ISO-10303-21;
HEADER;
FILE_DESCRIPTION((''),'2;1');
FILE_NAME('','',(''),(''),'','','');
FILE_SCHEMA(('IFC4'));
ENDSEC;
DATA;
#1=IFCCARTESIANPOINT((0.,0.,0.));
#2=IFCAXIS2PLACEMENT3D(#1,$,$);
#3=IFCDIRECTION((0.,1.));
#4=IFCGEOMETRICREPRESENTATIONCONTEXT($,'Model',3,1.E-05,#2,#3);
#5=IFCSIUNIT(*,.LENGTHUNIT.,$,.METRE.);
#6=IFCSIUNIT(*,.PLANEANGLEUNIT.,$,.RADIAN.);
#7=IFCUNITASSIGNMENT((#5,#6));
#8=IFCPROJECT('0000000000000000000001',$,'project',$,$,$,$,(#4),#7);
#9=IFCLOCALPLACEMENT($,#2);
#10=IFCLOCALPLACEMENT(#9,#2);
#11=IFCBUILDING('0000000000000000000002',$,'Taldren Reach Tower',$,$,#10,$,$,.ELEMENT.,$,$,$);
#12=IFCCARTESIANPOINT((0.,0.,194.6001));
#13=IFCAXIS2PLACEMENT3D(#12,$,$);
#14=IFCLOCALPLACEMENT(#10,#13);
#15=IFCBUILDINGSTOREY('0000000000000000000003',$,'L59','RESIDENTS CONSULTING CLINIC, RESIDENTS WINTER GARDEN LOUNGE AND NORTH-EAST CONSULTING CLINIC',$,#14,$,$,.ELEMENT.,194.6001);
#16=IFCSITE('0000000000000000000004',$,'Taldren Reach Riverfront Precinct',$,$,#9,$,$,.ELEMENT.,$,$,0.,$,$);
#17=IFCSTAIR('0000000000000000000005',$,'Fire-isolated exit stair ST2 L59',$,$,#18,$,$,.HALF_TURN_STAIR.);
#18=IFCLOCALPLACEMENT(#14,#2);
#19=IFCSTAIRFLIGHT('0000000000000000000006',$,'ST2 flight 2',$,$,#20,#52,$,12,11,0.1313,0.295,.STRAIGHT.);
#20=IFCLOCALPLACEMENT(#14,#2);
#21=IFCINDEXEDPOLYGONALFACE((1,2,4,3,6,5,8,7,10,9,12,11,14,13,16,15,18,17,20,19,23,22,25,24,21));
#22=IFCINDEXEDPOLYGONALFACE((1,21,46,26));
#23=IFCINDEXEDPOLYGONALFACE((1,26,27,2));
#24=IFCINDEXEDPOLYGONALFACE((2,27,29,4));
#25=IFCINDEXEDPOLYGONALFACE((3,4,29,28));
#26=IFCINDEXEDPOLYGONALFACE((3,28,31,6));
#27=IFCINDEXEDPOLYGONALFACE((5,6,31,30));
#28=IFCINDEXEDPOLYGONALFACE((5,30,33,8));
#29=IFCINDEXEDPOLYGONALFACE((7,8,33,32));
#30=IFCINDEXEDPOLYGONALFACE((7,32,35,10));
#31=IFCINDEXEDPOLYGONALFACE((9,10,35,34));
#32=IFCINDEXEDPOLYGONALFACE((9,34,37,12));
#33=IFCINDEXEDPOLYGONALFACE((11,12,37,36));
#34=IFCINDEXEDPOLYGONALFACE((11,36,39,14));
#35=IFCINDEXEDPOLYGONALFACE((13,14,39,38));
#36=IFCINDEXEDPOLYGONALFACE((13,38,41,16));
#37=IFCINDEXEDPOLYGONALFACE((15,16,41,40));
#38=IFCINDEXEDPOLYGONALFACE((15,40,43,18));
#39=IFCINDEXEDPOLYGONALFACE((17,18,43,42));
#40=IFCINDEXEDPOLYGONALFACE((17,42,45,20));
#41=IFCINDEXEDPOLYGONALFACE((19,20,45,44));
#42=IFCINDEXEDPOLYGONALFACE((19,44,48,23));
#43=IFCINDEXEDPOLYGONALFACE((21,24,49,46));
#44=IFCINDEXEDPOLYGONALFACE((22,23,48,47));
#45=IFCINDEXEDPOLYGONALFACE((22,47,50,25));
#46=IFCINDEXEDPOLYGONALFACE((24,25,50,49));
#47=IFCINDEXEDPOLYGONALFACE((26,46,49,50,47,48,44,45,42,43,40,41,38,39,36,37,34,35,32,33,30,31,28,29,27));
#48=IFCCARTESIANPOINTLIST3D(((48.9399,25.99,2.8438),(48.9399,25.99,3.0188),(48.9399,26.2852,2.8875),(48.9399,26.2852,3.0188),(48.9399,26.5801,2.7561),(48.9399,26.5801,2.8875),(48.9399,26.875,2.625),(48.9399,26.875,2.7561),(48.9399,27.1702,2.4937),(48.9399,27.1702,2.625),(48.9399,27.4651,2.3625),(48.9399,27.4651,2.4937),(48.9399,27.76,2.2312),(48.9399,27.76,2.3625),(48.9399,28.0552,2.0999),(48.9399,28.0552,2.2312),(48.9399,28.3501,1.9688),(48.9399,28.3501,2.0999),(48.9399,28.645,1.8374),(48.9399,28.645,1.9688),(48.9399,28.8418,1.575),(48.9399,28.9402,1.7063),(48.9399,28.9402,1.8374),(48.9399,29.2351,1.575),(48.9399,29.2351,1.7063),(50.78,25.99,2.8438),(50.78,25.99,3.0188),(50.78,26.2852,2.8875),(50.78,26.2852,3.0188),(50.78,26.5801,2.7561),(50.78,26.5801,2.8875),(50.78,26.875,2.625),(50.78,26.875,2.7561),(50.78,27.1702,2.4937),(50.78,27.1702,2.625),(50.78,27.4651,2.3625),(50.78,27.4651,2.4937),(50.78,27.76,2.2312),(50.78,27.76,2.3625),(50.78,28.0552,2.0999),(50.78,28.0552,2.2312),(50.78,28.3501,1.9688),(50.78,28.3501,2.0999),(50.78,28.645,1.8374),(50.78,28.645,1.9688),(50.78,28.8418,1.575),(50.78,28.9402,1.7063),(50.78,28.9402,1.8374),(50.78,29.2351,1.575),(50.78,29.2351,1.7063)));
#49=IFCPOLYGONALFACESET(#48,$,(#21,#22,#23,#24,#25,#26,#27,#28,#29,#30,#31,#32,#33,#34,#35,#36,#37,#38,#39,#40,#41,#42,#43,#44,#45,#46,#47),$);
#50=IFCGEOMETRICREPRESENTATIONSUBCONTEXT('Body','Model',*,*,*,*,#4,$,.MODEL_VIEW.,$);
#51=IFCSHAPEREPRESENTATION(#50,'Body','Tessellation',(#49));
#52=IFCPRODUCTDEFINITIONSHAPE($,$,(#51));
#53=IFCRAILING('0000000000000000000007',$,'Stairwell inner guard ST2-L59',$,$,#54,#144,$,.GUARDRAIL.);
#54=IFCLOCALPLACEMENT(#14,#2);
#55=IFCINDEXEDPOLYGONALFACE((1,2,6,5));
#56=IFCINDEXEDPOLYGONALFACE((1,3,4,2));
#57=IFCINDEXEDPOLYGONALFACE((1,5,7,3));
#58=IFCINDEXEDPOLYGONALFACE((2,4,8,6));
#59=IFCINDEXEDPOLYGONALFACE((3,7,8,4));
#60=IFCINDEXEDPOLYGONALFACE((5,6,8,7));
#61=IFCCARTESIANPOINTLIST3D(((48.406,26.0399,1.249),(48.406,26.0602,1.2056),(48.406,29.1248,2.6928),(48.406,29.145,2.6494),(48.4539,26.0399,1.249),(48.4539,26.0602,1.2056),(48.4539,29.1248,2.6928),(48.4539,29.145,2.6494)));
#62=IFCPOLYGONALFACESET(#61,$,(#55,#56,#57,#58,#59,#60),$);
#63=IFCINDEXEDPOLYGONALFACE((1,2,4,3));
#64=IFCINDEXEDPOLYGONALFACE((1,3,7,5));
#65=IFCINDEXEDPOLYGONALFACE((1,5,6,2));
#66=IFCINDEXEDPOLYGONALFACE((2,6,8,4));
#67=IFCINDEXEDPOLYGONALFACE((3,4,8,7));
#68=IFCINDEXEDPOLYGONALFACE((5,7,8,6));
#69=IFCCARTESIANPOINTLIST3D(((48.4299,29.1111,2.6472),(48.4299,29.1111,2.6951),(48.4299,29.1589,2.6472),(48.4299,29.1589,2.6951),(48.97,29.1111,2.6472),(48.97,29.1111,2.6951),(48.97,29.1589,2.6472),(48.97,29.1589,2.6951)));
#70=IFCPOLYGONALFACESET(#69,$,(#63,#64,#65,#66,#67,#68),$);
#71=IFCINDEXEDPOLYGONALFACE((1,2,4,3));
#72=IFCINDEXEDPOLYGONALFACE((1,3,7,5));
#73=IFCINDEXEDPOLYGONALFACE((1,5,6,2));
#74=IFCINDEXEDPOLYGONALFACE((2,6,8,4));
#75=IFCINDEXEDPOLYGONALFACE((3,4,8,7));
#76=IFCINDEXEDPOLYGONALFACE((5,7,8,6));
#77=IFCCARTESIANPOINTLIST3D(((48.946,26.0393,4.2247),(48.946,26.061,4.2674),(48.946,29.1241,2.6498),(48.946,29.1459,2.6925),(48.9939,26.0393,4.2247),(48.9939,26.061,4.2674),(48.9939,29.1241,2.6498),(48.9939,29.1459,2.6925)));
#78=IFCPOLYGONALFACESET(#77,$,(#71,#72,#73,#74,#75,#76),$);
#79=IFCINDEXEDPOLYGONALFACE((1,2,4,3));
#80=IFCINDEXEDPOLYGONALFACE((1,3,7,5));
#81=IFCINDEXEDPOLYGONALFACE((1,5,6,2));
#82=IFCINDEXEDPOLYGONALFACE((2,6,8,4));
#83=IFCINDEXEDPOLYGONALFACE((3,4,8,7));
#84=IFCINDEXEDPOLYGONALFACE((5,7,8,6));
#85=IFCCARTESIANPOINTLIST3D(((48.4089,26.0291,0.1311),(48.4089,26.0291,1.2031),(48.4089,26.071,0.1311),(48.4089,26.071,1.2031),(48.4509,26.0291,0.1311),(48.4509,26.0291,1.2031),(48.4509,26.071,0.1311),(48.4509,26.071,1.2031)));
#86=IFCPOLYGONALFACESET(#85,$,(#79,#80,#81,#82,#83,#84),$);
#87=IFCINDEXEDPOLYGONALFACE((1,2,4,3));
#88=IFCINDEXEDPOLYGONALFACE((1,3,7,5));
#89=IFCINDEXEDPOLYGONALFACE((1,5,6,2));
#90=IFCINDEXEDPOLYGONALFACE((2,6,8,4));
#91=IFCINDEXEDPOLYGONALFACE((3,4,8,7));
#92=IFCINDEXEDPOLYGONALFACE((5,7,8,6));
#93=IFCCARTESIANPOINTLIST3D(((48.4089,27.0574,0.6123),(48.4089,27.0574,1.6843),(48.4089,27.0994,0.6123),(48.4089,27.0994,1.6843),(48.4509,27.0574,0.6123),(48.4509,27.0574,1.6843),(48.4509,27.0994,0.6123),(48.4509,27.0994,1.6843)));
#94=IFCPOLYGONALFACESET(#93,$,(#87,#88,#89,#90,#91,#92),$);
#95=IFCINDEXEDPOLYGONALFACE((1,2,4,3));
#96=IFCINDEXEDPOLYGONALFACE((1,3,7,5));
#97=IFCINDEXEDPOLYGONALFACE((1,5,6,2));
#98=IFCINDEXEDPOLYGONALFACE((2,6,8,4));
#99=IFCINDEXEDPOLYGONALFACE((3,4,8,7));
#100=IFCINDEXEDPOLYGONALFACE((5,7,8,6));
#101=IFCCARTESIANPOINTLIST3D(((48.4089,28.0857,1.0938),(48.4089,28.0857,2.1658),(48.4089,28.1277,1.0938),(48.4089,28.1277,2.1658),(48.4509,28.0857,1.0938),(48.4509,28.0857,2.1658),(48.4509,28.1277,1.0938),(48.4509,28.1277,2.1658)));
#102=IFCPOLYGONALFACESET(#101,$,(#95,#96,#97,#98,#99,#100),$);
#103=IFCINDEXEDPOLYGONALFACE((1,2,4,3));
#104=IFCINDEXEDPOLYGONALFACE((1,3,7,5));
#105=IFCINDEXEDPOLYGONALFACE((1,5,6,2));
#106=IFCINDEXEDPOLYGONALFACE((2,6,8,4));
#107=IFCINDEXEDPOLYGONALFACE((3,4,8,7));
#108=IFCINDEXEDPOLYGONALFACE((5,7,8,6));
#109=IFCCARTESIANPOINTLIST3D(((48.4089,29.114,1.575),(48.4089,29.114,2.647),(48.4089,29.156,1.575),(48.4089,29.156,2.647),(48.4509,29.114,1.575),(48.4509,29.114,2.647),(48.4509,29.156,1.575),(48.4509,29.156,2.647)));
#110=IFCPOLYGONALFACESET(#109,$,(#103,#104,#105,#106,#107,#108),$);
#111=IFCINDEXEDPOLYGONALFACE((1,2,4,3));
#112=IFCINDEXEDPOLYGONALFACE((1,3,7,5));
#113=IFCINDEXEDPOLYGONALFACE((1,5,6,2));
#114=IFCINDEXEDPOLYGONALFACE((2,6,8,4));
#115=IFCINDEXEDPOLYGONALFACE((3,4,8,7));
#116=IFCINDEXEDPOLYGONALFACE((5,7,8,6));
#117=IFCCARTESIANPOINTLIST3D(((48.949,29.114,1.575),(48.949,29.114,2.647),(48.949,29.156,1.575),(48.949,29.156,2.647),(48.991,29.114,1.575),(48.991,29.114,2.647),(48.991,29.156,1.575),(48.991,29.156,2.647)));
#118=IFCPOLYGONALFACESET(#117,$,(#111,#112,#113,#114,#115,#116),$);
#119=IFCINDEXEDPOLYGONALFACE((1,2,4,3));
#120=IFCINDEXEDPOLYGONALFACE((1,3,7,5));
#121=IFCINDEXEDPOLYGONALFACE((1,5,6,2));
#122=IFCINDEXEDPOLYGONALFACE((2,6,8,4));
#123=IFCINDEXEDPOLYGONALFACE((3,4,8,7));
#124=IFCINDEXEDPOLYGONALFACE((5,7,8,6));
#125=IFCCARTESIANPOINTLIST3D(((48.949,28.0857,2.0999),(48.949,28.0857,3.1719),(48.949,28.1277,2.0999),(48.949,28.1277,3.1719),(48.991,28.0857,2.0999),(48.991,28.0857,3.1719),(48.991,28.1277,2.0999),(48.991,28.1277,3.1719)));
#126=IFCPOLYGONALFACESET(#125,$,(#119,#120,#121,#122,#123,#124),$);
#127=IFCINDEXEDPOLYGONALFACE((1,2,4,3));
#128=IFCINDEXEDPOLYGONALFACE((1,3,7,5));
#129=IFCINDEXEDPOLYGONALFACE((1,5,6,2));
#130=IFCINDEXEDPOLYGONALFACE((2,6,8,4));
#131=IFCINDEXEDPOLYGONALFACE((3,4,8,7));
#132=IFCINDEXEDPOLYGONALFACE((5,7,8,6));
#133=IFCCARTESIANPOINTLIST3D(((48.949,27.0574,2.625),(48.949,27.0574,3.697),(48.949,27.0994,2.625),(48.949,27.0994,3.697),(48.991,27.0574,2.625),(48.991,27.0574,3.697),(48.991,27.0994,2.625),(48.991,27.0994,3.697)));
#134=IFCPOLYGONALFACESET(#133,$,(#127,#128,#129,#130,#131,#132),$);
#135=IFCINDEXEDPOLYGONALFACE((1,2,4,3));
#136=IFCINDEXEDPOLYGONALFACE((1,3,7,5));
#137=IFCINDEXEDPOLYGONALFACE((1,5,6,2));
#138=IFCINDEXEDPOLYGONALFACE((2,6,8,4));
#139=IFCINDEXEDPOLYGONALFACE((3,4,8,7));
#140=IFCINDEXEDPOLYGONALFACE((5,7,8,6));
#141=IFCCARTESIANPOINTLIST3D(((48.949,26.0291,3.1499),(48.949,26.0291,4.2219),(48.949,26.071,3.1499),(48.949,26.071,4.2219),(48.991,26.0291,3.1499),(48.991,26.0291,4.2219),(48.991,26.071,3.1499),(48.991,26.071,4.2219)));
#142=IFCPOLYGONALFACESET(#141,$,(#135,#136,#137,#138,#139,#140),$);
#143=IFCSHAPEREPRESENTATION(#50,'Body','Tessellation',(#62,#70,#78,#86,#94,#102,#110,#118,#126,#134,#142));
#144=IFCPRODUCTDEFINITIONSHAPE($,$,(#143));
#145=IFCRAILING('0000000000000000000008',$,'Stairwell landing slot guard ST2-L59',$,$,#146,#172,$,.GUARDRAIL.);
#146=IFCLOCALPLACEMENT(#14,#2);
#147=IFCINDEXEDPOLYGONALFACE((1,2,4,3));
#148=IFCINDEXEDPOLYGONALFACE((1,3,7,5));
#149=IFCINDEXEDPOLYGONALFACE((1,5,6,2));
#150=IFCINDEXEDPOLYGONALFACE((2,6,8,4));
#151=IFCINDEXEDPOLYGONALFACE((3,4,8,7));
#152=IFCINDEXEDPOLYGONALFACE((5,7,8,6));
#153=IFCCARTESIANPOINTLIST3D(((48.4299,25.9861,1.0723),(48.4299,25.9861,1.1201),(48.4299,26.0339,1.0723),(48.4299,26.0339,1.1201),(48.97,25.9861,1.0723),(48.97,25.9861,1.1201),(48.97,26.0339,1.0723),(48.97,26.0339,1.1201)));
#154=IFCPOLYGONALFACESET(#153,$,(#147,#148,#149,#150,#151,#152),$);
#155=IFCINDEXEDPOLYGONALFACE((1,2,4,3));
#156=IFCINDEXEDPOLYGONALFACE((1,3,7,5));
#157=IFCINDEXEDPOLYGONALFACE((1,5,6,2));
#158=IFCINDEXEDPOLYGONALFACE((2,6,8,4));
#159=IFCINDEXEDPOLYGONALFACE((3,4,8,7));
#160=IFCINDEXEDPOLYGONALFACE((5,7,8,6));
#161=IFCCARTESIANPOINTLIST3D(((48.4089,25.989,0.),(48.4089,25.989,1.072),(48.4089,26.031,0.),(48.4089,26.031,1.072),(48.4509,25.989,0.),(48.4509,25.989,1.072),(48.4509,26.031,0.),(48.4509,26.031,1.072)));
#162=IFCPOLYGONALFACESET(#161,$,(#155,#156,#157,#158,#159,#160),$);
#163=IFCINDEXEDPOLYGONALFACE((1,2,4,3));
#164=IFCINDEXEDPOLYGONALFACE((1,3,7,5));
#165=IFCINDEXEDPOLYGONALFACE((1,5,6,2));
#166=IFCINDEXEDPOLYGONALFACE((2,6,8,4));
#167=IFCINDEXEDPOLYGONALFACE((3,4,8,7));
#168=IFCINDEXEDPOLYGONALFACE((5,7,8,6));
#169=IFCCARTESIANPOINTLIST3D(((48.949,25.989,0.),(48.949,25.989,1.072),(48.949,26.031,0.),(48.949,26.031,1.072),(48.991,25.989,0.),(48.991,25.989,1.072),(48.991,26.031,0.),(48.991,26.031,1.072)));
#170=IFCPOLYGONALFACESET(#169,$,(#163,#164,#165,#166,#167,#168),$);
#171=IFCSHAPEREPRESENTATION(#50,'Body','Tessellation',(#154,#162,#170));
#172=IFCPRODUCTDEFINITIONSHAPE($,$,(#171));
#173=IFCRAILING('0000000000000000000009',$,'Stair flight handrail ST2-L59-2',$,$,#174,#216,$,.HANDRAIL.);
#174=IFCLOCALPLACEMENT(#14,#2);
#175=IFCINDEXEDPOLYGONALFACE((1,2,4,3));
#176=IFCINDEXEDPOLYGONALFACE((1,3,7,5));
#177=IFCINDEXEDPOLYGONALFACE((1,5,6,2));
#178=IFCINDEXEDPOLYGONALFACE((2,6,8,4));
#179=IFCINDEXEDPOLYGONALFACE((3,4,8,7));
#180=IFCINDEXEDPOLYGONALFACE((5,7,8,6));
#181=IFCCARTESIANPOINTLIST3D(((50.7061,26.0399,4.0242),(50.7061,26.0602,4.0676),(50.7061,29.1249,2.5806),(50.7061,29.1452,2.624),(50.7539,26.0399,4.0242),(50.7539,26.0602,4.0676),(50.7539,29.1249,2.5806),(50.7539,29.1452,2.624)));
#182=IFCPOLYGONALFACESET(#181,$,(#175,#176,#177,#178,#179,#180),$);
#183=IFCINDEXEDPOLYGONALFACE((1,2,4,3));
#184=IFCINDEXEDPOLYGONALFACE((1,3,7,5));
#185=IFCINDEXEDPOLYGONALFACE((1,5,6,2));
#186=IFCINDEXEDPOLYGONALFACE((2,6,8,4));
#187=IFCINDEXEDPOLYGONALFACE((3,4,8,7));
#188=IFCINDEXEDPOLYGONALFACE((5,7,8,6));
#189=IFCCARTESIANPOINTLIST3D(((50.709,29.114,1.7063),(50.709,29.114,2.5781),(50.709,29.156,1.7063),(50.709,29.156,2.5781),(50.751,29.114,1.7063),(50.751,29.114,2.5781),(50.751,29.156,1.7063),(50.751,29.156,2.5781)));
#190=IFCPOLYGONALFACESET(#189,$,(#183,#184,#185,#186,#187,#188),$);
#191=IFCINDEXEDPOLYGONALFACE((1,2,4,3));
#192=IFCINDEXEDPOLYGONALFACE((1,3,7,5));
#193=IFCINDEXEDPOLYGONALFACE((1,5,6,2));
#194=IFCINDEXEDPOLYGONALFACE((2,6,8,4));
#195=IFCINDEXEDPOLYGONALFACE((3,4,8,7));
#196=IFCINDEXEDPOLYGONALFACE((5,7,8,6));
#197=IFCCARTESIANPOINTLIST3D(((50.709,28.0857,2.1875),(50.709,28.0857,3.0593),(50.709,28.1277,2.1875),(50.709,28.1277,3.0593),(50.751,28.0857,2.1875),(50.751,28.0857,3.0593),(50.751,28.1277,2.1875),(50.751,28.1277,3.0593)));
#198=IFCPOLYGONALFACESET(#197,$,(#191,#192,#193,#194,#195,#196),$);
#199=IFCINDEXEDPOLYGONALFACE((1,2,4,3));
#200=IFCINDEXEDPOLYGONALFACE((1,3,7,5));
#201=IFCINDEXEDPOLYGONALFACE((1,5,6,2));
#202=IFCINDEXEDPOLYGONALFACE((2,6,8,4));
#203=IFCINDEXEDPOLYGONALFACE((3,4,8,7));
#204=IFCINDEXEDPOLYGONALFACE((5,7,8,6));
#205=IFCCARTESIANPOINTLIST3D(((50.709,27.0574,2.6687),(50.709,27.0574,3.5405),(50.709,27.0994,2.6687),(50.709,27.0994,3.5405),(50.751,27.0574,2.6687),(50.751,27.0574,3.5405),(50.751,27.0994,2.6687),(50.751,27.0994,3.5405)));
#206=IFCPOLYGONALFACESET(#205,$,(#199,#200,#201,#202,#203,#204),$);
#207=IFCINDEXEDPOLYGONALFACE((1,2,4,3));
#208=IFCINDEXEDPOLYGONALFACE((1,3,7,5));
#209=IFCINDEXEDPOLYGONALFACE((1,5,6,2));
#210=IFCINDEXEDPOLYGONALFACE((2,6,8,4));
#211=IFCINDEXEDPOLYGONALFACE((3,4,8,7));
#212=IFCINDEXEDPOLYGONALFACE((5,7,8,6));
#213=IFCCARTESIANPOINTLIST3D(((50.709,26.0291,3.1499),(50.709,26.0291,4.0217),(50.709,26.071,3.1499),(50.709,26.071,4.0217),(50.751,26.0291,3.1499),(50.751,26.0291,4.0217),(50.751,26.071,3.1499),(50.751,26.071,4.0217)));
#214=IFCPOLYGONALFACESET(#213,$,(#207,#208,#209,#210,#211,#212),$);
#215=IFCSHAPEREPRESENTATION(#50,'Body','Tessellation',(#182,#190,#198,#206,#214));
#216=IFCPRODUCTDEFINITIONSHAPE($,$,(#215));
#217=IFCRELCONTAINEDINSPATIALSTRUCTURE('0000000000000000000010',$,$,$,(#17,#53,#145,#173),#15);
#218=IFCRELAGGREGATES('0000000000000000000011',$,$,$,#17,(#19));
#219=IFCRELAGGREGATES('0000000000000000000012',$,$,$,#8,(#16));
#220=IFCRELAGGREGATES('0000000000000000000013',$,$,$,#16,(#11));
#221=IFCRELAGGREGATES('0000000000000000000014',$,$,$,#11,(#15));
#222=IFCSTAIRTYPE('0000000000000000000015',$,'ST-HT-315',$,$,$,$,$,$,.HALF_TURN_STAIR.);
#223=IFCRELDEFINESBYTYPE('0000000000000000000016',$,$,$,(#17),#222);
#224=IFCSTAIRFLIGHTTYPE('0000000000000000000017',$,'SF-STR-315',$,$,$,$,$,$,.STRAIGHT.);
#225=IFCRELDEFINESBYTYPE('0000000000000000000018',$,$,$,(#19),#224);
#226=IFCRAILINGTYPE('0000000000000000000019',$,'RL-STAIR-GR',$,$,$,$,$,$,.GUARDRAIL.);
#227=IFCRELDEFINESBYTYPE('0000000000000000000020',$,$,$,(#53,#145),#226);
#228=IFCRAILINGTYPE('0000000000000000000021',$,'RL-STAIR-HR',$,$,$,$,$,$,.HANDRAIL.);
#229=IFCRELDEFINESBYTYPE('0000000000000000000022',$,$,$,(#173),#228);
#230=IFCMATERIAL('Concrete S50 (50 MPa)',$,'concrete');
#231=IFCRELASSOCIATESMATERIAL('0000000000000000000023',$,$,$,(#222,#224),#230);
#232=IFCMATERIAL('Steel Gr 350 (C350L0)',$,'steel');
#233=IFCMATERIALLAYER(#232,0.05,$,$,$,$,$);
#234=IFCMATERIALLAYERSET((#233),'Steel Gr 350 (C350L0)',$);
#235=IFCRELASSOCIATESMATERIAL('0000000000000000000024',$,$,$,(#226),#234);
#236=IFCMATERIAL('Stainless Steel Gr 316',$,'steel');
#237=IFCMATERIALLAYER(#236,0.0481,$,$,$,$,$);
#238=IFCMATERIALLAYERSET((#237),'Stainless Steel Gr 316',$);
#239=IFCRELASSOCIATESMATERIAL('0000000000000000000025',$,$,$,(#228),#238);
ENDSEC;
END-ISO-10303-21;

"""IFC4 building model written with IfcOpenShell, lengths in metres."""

from ifc_helpers import new_model, si_unit, direction, frame, origin, origin_2d, place, context, subcontext, project, spatial, polyline, rectangle, outline, extrude, material, layer, layer_set, type_object, element, aggregate, save


model = new_model("IFC4")

# Units and contexts
model_context = context("Model", 3, precision=1e-05, world=origin(), true_north=direction((0.0, 1.0)))
body_context = subcontext(model_context, "Body", "Model", "MODEL_VIEW")
ifc_project = project(units=[si_unit("LENGTHUNIT", "METRE"), si_unit("PLANEANGLEUNIT", "RADIAN")], contexts=[model_context])

# Site, building, storey
site_placement = place(None, origin())
site = spatial("IfcSite", under=ifc_project, at=site_placement, Name="Taldren Reach Riverfront Precinct", CompositionType="ELEMENT", RefElevation=0.0)
building_placement = place(site_placement, origin())
building = spatial("IfcBuilding", under=site, at=building_placement, Name="Taldren Reach Tower", CompositionType="ELEMENT")
storey_placement = place(building_placement, frame((0.0, 0.0, 194.6001)))
storey = spatial("IfcBuildingStorey", under=building, at=storey_placement, Name="L59", Description="RESIDENTS CONSULTING CLINIC, RESIDENTS WINTER GARDEN LOUNGE AND NORTH-EAST CONSULTING CLINIC", CompositionType="ELEMENT", Elevation=194.6001)

# Stair, stair flight
ifc_material_1 = material(Name="Concrete S50 (50 MPa)", Category="concrete")
stair_type = type_object("IfcStairType", Name="ST-HT-315", PredefinedType="HALF_TURN_STAIR", material=ifc_material_1)
stair_placement = place(storey_placement, origin())
stair = element("IfcStair", 1, at=stair_placement, inside=storey, type_object=stair_type, Name="Fire-isolated exit stair ST2 L59", PredefinedType="HALF_TURN_STAIR")
stair_flight_type = type_object("IfcStairFlightType", Name="SF-STR-315", PredefinedType="STRAIGHT", material=ifc_material_1)
stair_flight_placement = place(storey_placement, frame((49.8601, 29.2351, 1.575), z_axis=(0.0, 0.0, 1.0), x_axis=(0.0, -1.0, 0.0)))
stair_flight = element("IfcStairFlight", 2, at=stair_flight_placement, type_object=stair_flight_type, Name="ST2 flight 2", NumberOfRisers=12, NumberOfTreads=11, PredefinedType="STRAIGHT", RiserHeight=0.1313, TreadLength=0.295, context=body_context, shape_type="SweptSolid", body=[
    extrude(outline(polyline([(0.0, 0.0), (0.0, 0.1313), (0.2949, 0.1313), (0.2949, 0.2625), (0.5901, 0.2625), (0.5901, 0.3938), (0.885, 0.3938), (0.885, 0.5249), (1.1799, 0.5249), (1.1799, 0.6562), (1.4751, 0.6562), (1.4751, 0.7876), (1.77, 0.7876), (1.77, 0.9187), (2.0649, 0.9187), (2.0649, 1.05), (2.3601, 1.05), (2.3601, 1.1812), (2.655, 1.1812), (2.655, 1.3125), (2.95, 1.3125), (2.95, 1.4438), (3.2451, 1.4438), (3.2451, 1.575), (3.2451, 1.2688), (0.3933, 0.0), (0.0, 0.0)])), frame((0.0, 0.9199, 0.0), z_axis=(0.0, -1.0, 0.0), x_axis=(1.0, 0.0, 0.0)), (0.0, 0.0, 1.0), 1.8401),
])
aggregate(stair, [stair_flight])

# Railings
ifc_material_2 = material(Name="Steel Gr 350 (C350L0)", Category="steel")
ifc_layer_1 = layer(ifc_material_2, 0.05)
ifc_layer_set_1 = layer_set([ifc_layer_1], Name="Steel Gr 350 (C350L0)")
railing_type_1 = type_object("IfcRailingType", Name="RL-STAIR-GR", PredefinedType="GUARDRAIL", material=ifc_layer_set_1)
railing_1_placement = place(storey_placement, frame((48.4299, 26.05, 0.1311)))
element("IfcRailing", 3, at=railing_1_placement, inside=storey, type_object=railing_type_1, Name="Stairwell inner guard ST2-L59", PredefinedType="GUARDRAIL", context=body_context, shape_type="SweptSolid", body=[
    extrude(rectangle(XDim=0.0479, YDim=0.0479, at=origin_2d()), frame((0.0, 0.0, 1.0962), z_axis=(0.0, 0.90571, 0.423898), x_axis=(-1.0, 0.0, 0.0)), (0.0, 0.0, 1.0), 3.406),
    extrude(rectangle(XDim=0.0479, YDim=0.0479, at=origin_2d()), frame((0.0, 3.085, 2.54), z_axis=(1.0, 0.0, 0.0), x_axis=(0.0, 1.0, 0.0)), (0.0, 0.0, 1.0), 0.54),
    extrude(rectangle(XDim=0.0479, YDim=0.0479, at=origin_2d()), frame((0.54, 3.085, 2.54), z_axis=(0.0, -0.890646, 0.454697), x_axis=(1.0, 0.0, 0.0)), (0.0, 0.0, 1.0), 3.4636),
    extrude(rectangle(XDim=0.042, YDim=0.042, at=origin_2d()), origin(), (0.0, 0.0, 1.0), 1.072),
    extrude(rectangle(XDim=0.042, YDim=0.042, at=origin_2d()), frame((0.0, 1.0283, 0.4812)), (0.0, 0.0, 1.0), 1.072),
    extrude(rectangle(XDim=0.042, YDim=0.042, at=origin_2d()), frame((0.0, 2.0566, 0.9626)), (0.0, 0.0, 1.0), 1.072),
    extrude(rectangle(XDim=0.042, YDim=0.042, at=origin_2d()), frame((0.0, 3.085, 1.4438)), (0.0, 0.0, 1.0), 1.072),
    extrude(rectangle(XDim=0.042, YDim=0.042, at=origin_2d()), frame((0.54, 3.085, 1.4438)), (0.0, 0.0, 1.0), 1.072),
    extrude(rectangle(XDim=0.042, YDim=0.042, at=origin_2d()), frame((0.54, 2.0566, 1.9688)), (0.0, 0.0, 1.0), 1.072),
    extrude(rectangle(XDim=0.042, YDim=0.042, at=origin_2d()), frame((0.54, 1.0283, 2.4939)), (0.0, 0.0, 1.0), 1.072),
    extrude(rectangle(XDim=0.042, YDim=0.042, at=origin_2d()), frame((0.54, 0.0, 3.0188)), (0.0, 0.0, 1.0), 1.072),
])
railing_2_placement = place(storey_placement, frame((48.4299, 26.01, 0.0)))
element("IfcRailing", 4, at=railing_2_placement, inside=storey, type_object=railing_type_1, Name="Stairwell landing slot guard ST2-L59", PredefinedType="GUARDRAIL", context=body_context, shape_type="SweptSolid", body=[
    extrude(rectangle(XDim=0.0479, YDim=0.0479, at=origin_2d()), frame((0.0, 0.0, 1.0962), z_axis=(1.0, 0.0, 0.0), x_axis=(0.0, 1.0, 0.0)), (0.0, 0.0, 1.0), 0.54),
    extrude(rectangle(XDim=0.042, YDim=0.042, at=origin_2d()), origin(), (0.0, 0.0, 1.0), 1.072),
    extrude(rectangle(XDim=0.042, YDim=0.042, at=origin_2d()), frame((0.54, 0.0, 0.0)), (0.0, 0.0, 1.0), 1.072),
])
ifc_material_3 = material(Name="Stainless Steel Gr 316", Category="steel")
ifc_layer_2 = layer(ifc_material_3, 0.0481)
ifc_layer_set_2 = layer_set([ifc_layer_2], Name="Stainless Steel Gr 316")
railing_type_2 = type_object("IfcRailingType", Name="RL-STAIR-HR", PredefinedType="HANDRAIL", material=ifc_layer_set_2)
railing_3_placement = place(storey_placement, frame((50.73, 29.135, 1.7063)))
element("IfcRailing", 5, at=railing_3_placement, inside=storey, type_object=railing_type_2, Name="Stair flight handrail ST2-L59-2", PredefinedType="HANDRAIL", context=body_context, shape_type="SweptSolid", body=[
    extrude(rectangle(XDim=0.0479, YDim=0.0479, at=origin_2d()), frame((0.0, 0.0, 0.896), z_axis=(0.0, -0.905738, 0.423839), x_axis=(1.0, 0.0, 0.0)), (0.0, 0.0, 1.0), 3.406),
    extrude(rectangle(XDim=0.042, YDim=0.042, at=origin_2d()), origin(), (0.0, 0.0, 1.0), 0.8718),
    extrude(rectangle(XDim=0.042, YDim=0.042, at=origin_2d()), frame((0.0, -1.0283, 0.4812)), (0.0, 0.0, 1.0), 0.8718),
    extrude(rectangle(XDim=0.042, YDim=0.042, at=origin_2d()), frame((0.0, -2.0566, 0.9624)), (0.0, 0.0, 1.0), 0.8718),
    extrude(rectangle(XDim=0.042, YDim=0.042, at=origin_2d()), frame((0.0, -3.085, 1.4436)), (0.0, 0.0, 1.0), 0.8718),
])

save(model, "model.ifc")
